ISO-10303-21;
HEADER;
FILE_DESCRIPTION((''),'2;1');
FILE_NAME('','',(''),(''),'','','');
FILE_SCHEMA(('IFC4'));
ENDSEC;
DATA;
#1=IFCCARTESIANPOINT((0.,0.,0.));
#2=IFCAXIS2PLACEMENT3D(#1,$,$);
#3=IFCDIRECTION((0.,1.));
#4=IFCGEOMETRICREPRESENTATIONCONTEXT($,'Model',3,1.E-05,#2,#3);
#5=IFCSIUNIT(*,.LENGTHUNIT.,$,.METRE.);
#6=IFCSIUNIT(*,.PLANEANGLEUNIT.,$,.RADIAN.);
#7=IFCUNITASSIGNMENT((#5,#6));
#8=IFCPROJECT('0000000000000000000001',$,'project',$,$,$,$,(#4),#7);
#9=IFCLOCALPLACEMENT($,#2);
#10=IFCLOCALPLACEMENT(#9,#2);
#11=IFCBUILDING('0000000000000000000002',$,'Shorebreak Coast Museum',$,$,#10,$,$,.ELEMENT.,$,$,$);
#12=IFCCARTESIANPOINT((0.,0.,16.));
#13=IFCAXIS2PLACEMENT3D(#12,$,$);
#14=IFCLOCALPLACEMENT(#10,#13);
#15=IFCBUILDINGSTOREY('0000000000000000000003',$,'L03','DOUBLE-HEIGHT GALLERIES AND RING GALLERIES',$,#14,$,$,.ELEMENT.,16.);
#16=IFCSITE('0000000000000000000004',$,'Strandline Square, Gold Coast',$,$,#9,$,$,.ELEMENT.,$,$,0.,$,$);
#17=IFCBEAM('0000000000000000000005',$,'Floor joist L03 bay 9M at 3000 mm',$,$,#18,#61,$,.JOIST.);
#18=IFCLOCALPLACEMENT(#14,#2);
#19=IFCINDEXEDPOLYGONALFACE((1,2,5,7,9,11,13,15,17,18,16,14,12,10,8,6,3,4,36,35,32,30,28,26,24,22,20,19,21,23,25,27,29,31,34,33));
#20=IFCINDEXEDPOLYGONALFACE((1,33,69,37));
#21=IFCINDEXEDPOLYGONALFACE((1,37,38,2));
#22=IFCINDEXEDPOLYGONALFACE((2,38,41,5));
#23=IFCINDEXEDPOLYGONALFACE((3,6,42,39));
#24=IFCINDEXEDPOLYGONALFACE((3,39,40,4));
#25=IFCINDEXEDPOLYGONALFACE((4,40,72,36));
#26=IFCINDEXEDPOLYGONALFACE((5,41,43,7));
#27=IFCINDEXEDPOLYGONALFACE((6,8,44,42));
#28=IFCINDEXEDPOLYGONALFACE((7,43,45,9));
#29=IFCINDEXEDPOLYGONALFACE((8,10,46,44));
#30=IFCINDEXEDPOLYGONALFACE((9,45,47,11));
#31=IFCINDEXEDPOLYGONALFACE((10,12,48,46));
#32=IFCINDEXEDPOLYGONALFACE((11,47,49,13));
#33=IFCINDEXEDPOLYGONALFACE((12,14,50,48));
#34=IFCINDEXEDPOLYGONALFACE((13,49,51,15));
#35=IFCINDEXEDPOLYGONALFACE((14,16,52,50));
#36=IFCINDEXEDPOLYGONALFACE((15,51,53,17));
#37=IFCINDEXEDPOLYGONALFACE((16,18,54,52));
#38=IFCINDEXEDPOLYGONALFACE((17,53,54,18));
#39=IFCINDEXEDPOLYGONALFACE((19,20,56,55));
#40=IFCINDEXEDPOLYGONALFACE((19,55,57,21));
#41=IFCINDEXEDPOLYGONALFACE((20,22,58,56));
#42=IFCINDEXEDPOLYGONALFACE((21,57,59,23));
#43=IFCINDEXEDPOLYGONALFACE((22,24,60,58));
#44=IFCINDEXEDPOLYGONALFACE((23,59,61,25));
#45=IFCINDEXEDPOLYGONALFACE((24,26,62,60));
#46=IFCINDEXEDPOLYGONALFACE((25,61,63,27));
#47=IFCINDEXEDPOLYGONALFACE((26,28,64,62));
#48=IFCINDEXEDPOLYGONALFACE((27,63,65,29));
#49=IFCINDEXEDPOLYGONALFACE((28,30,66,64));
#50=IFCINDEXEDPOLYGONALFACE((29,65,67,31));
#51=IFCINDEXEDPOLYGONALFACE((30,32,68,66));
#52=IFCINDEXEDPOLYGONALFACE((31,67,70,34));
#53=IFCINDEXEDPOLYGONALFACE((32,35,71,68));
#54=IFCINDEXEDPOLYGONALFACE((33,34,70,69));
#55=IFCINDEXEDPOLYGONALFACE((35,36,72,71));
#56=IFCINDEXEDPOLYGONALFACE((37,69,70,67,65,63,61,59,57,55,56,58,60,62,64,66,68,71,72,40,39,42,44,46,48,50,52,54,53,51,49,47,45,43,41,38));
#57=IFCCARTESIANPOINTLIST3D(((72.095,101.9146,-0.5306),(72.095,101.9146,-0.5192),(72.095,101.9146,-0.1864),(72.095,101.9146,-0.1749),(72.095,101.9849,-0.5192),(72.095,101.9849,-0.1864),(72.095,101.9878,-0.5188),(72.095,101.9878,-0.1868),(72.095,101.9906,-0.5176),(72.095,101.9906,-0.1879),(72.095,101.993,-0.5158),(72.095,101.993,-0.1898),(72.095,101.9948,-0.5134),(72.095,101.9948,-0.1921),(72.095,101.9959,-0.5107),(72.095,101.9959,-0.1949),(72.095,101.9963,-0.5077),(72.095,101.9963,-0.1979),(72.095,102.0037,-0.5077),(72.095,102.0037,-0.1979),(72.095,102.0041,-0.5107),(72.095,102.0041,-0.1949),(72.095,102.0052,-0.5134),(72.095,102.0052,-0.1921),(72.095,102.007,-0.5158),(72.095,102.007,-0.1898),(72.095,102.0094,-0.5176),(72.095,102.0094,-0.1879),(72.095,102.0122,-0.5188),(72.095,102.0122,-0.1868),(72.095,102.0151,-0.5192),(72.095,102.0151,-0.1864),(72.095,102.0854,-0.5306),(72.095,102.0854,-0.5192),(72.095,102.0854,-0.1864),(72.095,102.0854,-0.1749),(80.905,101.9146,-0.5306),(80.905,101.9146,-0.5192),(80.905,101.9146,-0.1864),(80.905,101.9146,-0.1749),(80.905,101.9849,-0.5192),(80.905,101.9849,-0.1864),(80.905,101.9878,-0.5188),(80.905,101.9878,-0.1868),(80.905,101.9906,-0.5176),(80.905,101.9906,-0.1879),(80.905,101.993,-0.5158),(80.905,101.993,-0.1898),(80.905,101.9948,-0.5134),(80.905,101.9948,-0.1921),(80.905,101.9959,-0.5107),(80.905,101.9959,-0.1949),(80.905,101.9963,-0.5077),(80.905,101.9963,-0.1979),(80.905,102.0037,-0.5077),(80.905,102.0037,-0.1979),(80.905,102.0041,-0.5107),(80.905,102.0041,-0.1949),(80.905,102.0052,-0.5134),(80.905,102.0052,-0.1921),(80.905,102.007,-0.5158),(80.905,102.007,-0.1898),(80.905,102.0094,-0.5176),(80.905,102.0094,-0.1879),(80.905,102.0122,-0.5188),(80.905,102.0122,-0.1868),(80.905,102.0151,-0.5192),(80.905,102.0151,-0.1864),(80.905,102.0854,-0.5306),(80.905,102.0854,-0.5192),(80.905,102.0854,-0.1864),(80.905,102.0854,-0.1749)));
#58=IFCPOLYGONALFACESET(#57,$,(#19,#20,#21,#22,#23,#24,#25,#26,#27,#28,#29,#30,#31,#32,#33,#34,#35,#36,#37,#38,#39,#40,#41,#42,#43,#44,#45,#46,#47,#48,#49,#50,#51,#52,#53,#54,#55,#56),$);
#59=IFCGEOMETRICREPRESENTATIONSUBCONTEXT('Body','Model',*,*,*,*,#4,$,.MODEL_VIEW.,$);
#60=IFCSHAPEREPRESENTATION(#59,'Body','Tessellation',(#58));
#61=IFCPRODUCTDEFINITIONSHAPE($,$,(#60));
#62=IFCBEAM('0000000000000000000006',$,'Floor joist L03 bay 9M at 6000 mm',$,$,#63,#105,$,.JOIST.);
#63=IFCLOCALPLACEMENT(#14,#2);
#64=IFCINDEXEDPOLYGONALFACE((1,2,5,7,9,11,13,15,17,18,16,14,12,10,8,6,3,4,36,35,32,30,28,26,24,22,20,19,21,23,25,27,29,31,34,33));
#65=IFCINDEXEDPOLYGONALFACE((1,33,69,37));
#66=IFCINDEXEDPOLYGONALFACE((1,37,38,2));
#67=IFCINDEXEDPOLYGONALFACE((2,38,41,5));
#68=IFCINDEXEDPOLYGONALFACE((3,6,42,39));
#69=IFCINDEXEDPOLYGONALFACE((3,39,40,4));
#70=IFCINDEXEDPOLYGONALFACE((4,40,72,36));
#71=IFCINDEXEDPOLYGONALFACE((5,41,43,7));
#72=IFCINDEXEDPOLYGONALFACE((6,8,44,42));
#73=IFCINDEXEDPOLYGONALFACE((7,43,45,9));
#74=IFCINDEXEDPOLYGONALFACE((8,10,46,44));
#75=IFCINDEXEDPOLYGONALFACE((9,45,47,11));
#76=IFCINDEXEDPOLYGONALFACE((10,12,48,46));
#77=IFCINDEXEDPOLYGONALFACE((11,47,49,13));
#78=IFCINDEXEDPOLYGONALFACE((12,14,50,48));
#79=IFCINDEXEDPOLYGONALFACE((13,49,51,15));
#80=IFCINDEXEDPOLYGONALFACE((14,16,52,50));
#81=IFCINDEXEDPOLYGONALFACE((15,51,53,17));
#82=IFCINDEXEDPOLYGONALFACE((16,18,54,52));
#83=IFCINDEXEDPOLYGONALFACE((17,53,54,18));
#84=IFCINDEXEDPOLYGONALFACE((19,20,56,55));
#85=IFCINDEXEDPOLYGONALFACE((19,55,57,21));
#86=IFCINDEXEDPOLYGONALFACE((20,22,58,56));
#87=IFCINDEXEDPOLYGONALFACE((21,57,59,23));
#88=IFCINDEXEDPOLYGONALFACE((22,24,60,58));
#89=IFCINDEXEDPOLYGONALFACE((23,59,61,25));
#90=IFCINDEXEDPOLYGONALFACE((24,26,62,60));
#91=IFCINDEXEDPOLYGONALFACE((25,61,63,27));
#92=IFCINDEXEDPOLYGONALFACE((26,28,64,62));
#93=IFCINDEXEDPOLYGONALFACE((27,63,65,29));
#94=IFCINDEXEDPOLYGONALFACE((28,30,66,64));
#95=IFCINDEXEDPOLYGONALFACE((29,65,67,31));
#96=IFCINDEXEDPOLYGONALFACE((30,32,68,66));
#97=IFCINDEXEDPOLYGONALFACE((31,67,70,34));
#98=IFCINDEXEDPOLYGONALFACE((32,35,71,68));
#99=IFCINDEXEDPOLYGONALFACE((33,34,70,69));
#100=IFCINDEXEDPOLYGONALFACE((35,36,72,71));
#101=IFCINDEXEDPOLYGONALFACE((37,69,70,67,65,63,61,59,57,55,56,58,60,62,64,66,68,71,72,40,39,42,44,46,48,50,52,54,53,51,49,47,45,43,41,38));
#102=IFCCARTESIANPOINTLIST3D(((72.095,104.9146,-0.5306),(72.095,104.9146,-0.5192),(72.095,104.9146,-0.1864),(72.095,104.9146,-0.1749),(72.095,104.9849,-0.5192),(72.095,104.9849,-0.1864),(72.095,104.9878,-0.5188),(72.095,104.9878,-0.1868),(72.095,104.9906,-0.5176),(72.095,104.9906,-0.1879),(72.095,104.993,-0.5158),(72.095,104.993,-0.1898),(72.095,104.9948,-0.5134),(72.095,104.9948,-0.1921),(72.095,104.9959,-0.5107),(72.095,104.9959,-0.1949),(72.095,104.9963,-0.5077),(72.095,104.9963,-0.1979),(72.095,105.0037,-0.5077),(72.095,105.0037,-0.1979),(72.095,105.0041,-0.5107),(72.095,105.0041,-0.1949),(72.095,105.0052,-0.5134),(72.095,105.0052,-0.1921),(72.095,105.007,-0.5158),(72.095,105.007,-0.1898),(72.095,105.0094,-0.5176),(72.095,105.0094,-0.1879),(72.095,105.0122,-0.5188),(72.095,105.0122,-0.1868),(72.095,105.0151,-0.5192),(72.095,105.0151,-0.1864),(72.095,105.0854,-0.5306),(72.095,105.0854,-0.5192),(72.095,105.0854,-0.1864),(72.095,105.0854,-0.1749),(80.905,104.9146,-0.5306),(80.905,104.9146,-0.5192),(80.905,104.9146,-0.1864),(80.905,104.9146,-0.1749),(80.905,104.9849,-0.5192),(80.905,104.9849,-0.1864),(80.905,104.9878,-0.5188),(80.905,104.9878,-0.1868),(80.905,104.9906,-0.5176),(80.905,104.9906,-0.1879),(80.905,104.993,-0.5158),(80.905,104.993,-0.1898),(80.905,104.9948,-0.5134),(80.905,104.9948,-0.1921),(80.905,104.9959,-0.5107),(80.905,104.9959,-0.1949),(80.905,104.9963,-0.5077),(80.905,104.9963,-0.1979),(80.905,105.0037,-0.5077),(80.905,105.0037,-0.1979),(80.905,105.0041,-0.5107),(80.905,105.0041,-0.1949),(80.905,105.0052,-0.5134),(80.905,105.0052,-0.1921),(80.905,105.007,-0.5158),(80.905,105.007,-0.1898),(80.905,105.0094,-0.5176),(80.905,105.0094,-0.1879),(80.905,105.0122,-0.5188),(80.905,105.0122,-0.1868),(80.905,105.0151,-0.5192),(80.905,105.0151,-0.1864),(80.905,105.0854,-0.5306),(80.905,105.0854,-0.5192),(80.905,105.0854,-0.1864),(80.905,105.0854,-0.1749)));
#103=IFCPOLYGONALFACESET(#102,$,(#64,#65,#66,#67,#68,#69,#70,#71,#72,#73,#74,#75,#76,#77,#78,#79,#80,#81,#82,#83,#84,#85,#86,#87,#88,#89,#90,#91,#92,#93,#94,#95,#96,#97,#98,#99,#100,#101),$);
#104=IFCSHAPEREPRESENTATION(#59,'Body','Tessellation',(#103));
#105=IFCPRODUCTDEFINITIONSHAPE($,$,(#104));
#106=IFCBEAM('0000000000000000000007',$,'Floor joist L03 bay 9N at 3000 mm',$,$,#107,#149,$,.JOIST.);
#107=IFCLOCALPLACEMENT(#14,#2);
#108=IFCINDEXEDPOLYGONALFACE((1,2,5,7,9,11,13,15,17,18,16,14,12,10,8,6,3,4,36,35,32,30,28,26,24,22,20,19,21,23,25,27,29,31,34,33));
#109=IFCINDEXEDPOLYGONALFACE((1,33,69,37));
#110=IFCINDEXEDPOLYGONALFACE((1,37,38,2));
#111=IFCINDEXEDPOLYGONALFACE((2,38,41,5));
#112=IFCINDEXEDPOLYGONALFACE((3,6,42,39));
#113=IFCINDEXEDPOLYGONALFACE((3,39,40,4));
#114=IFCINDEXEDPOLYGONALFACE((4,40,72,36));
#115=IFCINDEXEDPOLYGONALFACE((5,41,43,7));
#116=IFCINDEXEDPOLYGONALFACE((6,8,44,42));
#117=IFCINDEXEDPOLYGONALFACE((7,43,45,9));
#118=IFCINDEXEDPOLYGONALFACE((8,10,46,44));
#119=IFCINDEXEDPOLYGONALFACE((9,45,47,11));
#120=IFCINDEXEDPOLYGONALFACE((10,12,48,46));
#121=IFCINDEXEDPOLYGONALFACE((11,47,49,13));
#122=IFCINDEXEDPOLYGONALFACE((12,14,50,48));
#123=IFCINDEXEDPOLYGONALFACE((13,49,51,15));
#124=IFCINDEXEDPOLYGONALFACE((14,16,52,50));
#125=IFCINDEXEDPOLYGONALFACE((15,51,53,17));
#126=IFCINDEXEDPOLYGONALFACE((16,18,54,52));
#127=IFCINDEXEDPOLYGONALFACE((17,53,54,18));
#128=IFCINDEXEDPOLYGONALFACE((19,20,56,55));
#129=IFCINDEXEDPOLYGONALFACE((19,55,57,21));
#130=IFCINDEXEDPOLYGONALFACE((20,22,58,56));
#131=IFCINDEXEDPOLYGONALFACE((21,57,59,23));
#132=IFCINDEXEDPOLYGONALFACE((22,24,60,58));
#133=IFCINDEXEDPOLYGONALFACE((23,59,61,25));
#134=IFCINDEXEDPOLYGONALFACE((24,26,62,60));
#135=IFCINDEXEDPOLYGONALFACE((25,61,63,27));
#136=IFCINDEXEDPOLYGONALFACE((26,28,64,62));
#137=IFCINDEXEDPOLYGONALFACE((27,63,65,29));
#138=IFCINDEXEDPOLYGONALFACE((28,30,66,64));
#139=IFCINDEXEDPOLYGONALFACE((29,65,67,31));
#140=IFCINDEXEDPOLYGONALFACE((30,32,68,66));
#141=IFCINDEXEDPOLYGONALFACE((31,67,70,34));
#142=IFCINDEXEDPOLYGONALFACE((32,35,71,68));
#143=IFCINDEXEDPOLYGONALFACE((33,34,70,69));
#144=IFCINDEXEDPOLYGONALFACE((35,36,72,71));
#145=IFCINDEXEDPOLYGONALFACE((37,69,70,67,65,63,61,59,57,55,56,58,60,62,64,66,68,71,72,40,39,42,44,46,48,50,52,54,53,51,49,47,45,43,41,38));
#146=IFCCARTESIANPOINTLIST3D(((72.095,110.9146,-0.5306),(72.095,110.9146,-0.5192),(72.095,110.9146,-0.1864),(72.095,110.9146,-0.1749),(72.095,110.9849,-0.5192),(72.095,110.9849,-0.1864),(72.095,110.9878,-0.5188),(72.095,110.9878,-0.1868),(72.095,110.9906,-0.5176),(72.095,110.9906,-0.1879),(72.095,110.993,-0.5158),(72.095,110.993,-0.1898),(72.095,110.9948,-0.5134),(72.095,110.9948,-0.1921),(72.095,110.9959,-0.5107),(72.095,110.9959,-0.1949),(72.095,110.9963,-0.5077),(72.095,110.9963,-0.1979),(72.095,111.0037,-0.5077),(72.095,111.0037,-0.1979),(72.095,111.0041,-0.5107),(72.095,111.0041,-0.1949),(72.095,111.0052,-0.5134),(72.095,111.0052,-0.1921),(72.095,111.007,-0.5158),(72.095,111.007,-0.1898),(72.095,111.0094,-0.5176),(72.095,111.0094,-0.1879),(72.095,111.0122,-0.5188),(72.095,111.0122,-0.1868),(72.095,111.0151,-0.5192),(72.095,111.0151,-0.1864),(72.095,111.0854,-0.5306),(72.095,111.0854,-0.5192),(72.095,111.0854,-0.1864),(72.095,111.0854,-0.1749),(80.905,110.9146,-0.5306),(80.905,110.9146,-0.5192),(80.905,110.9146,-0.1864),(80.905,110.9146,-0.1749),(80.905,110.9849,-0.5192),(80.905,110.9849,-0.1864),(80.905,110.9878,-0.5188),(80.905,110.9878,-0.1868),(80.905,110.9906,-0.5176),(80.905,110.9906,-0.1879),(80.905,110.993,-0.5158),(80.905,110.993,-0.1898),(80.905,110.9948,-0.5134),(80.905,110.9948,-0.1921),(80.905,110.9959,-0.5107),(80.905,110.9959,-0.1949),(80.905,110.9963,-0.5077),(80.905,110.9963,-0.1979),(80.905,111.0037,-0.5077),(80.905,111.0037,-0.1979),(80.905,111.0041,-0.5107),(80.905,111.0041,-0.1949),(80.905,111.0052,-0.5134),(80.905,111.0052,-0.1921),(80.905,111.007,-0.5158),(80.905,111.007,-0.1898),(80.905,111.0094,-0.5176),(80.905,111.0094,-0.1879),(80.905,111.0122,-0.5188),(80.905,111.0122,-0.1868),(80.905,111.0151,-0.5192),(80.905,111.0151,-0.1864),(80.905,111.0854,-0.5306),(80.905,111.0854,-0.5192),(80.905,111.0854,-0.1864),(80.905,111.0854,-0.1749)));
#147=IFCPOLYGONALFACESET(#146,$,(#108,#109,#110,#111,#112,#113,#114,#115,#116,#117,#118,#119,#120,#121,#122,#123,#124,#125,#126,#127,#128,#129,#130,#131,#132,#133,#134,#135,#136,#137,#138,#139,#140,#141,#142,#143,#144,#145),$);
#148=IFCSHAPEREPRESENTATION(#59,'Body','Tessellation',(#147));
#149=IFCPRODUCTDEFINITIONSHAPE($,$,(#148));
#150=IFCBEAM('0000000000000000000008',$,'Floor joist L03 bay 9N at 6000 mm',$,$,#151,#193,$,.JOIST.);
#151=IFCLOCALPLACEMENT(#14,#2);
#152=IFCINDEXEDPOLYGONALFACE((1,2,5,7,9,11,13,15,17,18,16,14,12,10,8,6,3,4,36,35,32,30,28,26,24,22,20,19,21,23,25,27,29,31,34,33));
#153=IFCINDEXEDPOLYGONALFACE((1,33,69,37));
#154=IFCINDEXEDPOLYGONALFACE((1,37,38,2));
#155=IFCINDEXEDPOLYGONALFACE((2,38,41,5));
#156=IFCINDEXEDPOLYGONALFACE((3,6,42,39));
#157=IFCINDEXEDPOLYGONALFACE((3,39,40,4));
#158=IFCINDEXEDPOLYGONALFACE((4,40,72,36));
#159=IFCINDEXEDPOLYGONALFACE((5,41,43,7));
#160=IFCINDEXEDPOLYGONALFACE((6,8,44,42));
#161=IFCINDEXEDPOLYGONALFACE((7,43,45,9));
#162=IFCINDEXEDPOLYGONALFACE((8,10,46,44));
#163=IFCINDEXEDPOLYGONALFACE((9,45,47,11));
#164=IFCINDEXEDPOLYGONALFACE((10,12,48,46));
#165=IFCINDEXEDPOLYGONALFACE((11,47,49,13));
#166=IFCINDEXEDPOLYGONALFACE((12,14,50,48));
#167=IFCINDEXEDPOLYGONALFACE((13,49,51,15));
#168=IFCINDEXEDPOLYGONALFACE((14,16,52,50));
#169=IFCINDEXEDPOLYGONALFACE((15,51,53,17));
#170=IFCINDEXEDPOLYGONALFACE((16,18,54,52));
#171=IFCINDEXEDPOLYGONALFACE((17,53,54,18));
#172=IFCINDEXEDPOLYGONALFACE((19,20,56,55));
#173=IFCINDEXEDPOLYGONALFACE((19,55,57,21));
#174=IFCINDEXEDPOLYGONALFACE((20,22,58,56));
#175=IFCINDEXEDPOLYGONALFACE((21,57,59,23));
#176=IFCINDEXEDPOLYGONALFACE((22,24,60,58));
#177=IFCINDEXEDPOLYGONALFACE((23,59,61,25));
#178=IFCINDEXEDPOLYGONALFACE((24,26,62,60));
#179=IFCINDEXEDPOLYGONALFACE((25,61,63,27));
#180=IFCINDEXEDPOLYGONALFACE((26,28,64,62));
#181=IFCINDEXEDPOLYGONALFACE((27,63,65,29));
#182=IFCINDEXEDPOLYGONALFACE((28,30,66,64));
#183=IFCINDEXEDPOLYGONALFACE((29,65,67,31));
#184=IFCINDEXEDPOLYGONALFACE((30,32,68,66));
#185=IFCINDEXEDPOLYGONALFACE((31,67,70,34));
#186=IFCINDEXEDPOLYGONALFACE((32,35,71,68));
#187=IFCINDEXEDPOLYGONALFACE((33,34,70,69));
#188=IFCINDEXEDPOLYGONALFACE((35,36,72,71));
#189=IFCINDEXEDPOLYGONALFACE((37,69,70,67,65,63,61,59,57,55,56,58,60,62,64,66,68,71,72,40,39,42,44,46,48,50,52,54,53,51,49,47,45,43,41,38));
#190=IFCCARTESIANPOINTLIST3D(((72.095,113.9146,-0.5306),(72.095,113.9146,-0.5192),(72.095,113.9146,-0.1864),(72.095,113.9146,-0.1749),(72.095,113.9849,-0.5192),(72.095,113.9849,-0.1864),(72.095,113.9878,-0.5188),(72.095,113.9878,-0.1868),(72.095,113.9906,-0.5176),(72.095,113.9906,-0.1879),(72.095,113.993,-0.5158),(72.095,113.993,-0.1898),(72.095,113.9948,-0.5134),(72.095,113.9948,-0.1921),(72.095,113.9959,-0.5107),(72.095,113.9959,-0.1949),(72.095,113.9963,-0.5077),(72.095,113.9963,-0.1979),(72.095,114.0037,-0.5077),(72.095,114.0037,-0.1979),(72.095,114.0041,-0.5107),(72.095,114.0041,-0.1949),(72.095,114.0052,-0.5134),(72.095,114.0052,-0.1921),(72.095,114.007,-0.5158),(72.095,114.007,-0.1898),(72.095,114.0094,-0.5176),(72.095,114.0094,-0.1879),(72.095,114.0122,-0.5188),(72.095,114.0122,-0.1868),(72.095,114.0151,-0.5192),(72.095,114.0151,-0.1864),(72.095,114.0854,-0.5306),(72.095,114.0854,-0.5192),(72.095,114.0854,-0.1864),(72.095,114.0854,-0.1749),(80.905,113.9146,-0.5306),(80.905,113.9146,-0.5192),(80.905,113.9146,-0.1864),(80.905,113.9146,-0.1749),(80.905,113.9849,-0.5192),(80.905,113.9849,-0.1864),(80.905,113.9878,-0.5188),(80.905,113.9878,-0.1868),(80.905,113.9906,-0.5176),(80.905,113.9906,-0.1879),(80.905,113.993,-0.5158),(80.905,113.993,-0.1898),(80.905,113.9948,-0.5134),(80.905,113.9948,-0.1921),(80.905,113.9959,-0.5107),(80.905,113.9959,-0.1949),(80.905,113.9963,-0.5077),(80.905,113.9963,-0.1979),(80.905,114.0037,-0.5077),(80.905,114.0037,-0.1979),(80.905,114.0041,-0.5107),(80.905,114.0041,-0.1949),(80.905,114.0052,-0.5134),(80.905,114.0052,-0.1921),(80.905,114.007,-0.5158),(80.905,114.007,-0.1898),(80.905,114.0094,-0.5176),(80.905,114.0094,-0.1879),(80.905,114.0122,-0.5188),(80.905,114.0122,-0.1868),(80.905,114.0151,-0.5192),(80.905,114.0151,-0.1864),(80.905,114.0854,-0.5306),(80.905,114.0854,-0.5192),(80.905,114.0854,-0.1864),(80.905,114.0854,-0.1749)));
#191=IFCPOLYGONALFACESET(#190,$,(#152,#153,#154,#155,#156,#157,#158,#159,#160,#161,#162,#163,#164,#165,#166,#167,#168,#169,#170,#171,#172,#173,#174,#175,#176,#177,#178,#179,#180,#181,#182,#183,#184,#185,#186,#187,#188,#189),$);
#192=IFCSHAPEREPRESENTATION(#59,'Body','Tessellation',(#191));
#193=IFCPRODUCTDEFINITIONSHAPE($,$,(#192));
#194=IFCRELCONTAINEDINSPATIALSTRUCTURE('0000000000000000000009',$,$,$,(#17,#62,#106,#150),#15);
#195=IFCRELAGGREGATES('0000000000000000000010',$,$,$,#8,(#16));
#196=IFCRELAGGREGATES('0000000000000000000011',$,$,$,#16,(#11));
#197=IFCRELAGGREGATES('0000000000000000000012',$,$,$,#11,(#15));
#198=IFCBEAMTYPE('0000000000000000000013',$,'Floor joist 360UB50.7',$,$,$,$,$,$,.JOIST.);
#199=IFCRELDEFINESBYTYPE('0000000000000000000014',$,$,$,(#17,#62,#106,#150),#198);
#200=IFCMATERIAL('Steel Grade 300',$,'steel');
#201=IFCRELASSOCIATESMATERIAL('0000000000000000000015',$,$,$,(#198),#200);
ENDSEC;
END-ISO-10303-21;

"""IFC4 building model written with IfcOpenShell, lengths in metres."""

from ifc_helpers import new_model, si_unit, direction, frame, origin, origin_2d, place, context, subcontext, project, spatial, i_section, extrude, material, material_profile, profile_set, type_object, element, save


model = new_model("IFC4")

# Units and contexts
model_context = context("Model", 3, precision=1e-05, world=origin(), true_north=direction((0.0, 1.0)))
body_context = subcontext(model_context, "Body", "Model", "MODEL_VIEW")
ifc_project = project(units=[si_unit("LENGTHUNIT", "METRE"), si_unit("PLANEANGLEUNIT", "RADIAN")], contexts=[model_context])

# Site, building, storey
site_placement = place(None, origin())
site = spatial("IfcSite", under=ifc_project, at=site_placement, Name="Strandline Square, Gold Coast", CompositionType="ELEMENT", RefElevation=0.0)
building_placement = place(site_placement, origin())
building = spatial("IfcBuilding", under=site, at=building_placement, Name="Shorebreak Coast Museum", CompositionType="ELEMENT")
storey_placement = place(building_placement, frame((0.0, 0.0, 16.0)))
storey = spatial("IfcBuildingStorey", under=building, at=storey_placement, Name="L03", Description="DOUBLE-HEIGHT GALLERIES AND RING GALLERIES", CompositionType="ELEMENT", Elevation=16.0)

# Beams
ifc_material_1 = material(Name="Steel Grade 300", Category="steel")
ifc_material_profile_1 = material_profile(ifc_material_1, i_section(OverallWidth=0.1709, OverallDepth=0.3557, WebThickness=0.0073, FlangeThickness=0.0115, FilletRadius=0.0115, at=origin_2d()), Name="360UB50.7")
ifc_profile_set_1 = profile_set([ifc_material_profile_1], Name="Steel Grade 300")
beam_type_1 = type_object("IfcBeamType", Name="Floor joist 360UB50.7", PredefinedType="JOIST", material=ifc_profile_set_1)
for number, where, z_axis, x_axis, name in (
    (1, (72.095, 102.0, -0.3528), (1.0, 0.0, 0.0), (0.0, 1.0, 0.0), "Floor joist L03 bay 9M at 3000 mm"),
    (2, (72.095, 105.0, -0.3528), (1.0, 0.0, 0.0), (0.0, 1.0, 0.0), "Floor joist L03 bay 9M at 6000 mm"),
    (3, (72.095, 111.0, -0.3528), (1.0, 0.0, 0.0), (0.0, 1.0, 0.0), "Floor joist L03 bay 9N at 3000 mm"),
    (4, (72.095, 114.0, -0.3528), (1.0, 0.0, 0.0), (0.0, 1.0, 0.0), "Floor joist L03 bay 9N at 6000 mm"),
):
    element("IfcBeam", number, at=place(storey_placement, frame(where, z_axis=z_axis, x_axis=x_axis)), inside=storey, type_object=beam_type_1, Name=name, PredefinedType="JOIST", context=body_context, shape_type="SweptSolid", body=[
        extrude(i_section(OverallWidth=0.1709, OverallDepth=0.3557, WebThickness=0.0073, FlangeThickness=0.0115, FilletRadius=0.0115, at=origin_2d()), origin(), (0.0, 0.0, 1.0), 8.8101),
    ])

save(model, "model.ifc")
